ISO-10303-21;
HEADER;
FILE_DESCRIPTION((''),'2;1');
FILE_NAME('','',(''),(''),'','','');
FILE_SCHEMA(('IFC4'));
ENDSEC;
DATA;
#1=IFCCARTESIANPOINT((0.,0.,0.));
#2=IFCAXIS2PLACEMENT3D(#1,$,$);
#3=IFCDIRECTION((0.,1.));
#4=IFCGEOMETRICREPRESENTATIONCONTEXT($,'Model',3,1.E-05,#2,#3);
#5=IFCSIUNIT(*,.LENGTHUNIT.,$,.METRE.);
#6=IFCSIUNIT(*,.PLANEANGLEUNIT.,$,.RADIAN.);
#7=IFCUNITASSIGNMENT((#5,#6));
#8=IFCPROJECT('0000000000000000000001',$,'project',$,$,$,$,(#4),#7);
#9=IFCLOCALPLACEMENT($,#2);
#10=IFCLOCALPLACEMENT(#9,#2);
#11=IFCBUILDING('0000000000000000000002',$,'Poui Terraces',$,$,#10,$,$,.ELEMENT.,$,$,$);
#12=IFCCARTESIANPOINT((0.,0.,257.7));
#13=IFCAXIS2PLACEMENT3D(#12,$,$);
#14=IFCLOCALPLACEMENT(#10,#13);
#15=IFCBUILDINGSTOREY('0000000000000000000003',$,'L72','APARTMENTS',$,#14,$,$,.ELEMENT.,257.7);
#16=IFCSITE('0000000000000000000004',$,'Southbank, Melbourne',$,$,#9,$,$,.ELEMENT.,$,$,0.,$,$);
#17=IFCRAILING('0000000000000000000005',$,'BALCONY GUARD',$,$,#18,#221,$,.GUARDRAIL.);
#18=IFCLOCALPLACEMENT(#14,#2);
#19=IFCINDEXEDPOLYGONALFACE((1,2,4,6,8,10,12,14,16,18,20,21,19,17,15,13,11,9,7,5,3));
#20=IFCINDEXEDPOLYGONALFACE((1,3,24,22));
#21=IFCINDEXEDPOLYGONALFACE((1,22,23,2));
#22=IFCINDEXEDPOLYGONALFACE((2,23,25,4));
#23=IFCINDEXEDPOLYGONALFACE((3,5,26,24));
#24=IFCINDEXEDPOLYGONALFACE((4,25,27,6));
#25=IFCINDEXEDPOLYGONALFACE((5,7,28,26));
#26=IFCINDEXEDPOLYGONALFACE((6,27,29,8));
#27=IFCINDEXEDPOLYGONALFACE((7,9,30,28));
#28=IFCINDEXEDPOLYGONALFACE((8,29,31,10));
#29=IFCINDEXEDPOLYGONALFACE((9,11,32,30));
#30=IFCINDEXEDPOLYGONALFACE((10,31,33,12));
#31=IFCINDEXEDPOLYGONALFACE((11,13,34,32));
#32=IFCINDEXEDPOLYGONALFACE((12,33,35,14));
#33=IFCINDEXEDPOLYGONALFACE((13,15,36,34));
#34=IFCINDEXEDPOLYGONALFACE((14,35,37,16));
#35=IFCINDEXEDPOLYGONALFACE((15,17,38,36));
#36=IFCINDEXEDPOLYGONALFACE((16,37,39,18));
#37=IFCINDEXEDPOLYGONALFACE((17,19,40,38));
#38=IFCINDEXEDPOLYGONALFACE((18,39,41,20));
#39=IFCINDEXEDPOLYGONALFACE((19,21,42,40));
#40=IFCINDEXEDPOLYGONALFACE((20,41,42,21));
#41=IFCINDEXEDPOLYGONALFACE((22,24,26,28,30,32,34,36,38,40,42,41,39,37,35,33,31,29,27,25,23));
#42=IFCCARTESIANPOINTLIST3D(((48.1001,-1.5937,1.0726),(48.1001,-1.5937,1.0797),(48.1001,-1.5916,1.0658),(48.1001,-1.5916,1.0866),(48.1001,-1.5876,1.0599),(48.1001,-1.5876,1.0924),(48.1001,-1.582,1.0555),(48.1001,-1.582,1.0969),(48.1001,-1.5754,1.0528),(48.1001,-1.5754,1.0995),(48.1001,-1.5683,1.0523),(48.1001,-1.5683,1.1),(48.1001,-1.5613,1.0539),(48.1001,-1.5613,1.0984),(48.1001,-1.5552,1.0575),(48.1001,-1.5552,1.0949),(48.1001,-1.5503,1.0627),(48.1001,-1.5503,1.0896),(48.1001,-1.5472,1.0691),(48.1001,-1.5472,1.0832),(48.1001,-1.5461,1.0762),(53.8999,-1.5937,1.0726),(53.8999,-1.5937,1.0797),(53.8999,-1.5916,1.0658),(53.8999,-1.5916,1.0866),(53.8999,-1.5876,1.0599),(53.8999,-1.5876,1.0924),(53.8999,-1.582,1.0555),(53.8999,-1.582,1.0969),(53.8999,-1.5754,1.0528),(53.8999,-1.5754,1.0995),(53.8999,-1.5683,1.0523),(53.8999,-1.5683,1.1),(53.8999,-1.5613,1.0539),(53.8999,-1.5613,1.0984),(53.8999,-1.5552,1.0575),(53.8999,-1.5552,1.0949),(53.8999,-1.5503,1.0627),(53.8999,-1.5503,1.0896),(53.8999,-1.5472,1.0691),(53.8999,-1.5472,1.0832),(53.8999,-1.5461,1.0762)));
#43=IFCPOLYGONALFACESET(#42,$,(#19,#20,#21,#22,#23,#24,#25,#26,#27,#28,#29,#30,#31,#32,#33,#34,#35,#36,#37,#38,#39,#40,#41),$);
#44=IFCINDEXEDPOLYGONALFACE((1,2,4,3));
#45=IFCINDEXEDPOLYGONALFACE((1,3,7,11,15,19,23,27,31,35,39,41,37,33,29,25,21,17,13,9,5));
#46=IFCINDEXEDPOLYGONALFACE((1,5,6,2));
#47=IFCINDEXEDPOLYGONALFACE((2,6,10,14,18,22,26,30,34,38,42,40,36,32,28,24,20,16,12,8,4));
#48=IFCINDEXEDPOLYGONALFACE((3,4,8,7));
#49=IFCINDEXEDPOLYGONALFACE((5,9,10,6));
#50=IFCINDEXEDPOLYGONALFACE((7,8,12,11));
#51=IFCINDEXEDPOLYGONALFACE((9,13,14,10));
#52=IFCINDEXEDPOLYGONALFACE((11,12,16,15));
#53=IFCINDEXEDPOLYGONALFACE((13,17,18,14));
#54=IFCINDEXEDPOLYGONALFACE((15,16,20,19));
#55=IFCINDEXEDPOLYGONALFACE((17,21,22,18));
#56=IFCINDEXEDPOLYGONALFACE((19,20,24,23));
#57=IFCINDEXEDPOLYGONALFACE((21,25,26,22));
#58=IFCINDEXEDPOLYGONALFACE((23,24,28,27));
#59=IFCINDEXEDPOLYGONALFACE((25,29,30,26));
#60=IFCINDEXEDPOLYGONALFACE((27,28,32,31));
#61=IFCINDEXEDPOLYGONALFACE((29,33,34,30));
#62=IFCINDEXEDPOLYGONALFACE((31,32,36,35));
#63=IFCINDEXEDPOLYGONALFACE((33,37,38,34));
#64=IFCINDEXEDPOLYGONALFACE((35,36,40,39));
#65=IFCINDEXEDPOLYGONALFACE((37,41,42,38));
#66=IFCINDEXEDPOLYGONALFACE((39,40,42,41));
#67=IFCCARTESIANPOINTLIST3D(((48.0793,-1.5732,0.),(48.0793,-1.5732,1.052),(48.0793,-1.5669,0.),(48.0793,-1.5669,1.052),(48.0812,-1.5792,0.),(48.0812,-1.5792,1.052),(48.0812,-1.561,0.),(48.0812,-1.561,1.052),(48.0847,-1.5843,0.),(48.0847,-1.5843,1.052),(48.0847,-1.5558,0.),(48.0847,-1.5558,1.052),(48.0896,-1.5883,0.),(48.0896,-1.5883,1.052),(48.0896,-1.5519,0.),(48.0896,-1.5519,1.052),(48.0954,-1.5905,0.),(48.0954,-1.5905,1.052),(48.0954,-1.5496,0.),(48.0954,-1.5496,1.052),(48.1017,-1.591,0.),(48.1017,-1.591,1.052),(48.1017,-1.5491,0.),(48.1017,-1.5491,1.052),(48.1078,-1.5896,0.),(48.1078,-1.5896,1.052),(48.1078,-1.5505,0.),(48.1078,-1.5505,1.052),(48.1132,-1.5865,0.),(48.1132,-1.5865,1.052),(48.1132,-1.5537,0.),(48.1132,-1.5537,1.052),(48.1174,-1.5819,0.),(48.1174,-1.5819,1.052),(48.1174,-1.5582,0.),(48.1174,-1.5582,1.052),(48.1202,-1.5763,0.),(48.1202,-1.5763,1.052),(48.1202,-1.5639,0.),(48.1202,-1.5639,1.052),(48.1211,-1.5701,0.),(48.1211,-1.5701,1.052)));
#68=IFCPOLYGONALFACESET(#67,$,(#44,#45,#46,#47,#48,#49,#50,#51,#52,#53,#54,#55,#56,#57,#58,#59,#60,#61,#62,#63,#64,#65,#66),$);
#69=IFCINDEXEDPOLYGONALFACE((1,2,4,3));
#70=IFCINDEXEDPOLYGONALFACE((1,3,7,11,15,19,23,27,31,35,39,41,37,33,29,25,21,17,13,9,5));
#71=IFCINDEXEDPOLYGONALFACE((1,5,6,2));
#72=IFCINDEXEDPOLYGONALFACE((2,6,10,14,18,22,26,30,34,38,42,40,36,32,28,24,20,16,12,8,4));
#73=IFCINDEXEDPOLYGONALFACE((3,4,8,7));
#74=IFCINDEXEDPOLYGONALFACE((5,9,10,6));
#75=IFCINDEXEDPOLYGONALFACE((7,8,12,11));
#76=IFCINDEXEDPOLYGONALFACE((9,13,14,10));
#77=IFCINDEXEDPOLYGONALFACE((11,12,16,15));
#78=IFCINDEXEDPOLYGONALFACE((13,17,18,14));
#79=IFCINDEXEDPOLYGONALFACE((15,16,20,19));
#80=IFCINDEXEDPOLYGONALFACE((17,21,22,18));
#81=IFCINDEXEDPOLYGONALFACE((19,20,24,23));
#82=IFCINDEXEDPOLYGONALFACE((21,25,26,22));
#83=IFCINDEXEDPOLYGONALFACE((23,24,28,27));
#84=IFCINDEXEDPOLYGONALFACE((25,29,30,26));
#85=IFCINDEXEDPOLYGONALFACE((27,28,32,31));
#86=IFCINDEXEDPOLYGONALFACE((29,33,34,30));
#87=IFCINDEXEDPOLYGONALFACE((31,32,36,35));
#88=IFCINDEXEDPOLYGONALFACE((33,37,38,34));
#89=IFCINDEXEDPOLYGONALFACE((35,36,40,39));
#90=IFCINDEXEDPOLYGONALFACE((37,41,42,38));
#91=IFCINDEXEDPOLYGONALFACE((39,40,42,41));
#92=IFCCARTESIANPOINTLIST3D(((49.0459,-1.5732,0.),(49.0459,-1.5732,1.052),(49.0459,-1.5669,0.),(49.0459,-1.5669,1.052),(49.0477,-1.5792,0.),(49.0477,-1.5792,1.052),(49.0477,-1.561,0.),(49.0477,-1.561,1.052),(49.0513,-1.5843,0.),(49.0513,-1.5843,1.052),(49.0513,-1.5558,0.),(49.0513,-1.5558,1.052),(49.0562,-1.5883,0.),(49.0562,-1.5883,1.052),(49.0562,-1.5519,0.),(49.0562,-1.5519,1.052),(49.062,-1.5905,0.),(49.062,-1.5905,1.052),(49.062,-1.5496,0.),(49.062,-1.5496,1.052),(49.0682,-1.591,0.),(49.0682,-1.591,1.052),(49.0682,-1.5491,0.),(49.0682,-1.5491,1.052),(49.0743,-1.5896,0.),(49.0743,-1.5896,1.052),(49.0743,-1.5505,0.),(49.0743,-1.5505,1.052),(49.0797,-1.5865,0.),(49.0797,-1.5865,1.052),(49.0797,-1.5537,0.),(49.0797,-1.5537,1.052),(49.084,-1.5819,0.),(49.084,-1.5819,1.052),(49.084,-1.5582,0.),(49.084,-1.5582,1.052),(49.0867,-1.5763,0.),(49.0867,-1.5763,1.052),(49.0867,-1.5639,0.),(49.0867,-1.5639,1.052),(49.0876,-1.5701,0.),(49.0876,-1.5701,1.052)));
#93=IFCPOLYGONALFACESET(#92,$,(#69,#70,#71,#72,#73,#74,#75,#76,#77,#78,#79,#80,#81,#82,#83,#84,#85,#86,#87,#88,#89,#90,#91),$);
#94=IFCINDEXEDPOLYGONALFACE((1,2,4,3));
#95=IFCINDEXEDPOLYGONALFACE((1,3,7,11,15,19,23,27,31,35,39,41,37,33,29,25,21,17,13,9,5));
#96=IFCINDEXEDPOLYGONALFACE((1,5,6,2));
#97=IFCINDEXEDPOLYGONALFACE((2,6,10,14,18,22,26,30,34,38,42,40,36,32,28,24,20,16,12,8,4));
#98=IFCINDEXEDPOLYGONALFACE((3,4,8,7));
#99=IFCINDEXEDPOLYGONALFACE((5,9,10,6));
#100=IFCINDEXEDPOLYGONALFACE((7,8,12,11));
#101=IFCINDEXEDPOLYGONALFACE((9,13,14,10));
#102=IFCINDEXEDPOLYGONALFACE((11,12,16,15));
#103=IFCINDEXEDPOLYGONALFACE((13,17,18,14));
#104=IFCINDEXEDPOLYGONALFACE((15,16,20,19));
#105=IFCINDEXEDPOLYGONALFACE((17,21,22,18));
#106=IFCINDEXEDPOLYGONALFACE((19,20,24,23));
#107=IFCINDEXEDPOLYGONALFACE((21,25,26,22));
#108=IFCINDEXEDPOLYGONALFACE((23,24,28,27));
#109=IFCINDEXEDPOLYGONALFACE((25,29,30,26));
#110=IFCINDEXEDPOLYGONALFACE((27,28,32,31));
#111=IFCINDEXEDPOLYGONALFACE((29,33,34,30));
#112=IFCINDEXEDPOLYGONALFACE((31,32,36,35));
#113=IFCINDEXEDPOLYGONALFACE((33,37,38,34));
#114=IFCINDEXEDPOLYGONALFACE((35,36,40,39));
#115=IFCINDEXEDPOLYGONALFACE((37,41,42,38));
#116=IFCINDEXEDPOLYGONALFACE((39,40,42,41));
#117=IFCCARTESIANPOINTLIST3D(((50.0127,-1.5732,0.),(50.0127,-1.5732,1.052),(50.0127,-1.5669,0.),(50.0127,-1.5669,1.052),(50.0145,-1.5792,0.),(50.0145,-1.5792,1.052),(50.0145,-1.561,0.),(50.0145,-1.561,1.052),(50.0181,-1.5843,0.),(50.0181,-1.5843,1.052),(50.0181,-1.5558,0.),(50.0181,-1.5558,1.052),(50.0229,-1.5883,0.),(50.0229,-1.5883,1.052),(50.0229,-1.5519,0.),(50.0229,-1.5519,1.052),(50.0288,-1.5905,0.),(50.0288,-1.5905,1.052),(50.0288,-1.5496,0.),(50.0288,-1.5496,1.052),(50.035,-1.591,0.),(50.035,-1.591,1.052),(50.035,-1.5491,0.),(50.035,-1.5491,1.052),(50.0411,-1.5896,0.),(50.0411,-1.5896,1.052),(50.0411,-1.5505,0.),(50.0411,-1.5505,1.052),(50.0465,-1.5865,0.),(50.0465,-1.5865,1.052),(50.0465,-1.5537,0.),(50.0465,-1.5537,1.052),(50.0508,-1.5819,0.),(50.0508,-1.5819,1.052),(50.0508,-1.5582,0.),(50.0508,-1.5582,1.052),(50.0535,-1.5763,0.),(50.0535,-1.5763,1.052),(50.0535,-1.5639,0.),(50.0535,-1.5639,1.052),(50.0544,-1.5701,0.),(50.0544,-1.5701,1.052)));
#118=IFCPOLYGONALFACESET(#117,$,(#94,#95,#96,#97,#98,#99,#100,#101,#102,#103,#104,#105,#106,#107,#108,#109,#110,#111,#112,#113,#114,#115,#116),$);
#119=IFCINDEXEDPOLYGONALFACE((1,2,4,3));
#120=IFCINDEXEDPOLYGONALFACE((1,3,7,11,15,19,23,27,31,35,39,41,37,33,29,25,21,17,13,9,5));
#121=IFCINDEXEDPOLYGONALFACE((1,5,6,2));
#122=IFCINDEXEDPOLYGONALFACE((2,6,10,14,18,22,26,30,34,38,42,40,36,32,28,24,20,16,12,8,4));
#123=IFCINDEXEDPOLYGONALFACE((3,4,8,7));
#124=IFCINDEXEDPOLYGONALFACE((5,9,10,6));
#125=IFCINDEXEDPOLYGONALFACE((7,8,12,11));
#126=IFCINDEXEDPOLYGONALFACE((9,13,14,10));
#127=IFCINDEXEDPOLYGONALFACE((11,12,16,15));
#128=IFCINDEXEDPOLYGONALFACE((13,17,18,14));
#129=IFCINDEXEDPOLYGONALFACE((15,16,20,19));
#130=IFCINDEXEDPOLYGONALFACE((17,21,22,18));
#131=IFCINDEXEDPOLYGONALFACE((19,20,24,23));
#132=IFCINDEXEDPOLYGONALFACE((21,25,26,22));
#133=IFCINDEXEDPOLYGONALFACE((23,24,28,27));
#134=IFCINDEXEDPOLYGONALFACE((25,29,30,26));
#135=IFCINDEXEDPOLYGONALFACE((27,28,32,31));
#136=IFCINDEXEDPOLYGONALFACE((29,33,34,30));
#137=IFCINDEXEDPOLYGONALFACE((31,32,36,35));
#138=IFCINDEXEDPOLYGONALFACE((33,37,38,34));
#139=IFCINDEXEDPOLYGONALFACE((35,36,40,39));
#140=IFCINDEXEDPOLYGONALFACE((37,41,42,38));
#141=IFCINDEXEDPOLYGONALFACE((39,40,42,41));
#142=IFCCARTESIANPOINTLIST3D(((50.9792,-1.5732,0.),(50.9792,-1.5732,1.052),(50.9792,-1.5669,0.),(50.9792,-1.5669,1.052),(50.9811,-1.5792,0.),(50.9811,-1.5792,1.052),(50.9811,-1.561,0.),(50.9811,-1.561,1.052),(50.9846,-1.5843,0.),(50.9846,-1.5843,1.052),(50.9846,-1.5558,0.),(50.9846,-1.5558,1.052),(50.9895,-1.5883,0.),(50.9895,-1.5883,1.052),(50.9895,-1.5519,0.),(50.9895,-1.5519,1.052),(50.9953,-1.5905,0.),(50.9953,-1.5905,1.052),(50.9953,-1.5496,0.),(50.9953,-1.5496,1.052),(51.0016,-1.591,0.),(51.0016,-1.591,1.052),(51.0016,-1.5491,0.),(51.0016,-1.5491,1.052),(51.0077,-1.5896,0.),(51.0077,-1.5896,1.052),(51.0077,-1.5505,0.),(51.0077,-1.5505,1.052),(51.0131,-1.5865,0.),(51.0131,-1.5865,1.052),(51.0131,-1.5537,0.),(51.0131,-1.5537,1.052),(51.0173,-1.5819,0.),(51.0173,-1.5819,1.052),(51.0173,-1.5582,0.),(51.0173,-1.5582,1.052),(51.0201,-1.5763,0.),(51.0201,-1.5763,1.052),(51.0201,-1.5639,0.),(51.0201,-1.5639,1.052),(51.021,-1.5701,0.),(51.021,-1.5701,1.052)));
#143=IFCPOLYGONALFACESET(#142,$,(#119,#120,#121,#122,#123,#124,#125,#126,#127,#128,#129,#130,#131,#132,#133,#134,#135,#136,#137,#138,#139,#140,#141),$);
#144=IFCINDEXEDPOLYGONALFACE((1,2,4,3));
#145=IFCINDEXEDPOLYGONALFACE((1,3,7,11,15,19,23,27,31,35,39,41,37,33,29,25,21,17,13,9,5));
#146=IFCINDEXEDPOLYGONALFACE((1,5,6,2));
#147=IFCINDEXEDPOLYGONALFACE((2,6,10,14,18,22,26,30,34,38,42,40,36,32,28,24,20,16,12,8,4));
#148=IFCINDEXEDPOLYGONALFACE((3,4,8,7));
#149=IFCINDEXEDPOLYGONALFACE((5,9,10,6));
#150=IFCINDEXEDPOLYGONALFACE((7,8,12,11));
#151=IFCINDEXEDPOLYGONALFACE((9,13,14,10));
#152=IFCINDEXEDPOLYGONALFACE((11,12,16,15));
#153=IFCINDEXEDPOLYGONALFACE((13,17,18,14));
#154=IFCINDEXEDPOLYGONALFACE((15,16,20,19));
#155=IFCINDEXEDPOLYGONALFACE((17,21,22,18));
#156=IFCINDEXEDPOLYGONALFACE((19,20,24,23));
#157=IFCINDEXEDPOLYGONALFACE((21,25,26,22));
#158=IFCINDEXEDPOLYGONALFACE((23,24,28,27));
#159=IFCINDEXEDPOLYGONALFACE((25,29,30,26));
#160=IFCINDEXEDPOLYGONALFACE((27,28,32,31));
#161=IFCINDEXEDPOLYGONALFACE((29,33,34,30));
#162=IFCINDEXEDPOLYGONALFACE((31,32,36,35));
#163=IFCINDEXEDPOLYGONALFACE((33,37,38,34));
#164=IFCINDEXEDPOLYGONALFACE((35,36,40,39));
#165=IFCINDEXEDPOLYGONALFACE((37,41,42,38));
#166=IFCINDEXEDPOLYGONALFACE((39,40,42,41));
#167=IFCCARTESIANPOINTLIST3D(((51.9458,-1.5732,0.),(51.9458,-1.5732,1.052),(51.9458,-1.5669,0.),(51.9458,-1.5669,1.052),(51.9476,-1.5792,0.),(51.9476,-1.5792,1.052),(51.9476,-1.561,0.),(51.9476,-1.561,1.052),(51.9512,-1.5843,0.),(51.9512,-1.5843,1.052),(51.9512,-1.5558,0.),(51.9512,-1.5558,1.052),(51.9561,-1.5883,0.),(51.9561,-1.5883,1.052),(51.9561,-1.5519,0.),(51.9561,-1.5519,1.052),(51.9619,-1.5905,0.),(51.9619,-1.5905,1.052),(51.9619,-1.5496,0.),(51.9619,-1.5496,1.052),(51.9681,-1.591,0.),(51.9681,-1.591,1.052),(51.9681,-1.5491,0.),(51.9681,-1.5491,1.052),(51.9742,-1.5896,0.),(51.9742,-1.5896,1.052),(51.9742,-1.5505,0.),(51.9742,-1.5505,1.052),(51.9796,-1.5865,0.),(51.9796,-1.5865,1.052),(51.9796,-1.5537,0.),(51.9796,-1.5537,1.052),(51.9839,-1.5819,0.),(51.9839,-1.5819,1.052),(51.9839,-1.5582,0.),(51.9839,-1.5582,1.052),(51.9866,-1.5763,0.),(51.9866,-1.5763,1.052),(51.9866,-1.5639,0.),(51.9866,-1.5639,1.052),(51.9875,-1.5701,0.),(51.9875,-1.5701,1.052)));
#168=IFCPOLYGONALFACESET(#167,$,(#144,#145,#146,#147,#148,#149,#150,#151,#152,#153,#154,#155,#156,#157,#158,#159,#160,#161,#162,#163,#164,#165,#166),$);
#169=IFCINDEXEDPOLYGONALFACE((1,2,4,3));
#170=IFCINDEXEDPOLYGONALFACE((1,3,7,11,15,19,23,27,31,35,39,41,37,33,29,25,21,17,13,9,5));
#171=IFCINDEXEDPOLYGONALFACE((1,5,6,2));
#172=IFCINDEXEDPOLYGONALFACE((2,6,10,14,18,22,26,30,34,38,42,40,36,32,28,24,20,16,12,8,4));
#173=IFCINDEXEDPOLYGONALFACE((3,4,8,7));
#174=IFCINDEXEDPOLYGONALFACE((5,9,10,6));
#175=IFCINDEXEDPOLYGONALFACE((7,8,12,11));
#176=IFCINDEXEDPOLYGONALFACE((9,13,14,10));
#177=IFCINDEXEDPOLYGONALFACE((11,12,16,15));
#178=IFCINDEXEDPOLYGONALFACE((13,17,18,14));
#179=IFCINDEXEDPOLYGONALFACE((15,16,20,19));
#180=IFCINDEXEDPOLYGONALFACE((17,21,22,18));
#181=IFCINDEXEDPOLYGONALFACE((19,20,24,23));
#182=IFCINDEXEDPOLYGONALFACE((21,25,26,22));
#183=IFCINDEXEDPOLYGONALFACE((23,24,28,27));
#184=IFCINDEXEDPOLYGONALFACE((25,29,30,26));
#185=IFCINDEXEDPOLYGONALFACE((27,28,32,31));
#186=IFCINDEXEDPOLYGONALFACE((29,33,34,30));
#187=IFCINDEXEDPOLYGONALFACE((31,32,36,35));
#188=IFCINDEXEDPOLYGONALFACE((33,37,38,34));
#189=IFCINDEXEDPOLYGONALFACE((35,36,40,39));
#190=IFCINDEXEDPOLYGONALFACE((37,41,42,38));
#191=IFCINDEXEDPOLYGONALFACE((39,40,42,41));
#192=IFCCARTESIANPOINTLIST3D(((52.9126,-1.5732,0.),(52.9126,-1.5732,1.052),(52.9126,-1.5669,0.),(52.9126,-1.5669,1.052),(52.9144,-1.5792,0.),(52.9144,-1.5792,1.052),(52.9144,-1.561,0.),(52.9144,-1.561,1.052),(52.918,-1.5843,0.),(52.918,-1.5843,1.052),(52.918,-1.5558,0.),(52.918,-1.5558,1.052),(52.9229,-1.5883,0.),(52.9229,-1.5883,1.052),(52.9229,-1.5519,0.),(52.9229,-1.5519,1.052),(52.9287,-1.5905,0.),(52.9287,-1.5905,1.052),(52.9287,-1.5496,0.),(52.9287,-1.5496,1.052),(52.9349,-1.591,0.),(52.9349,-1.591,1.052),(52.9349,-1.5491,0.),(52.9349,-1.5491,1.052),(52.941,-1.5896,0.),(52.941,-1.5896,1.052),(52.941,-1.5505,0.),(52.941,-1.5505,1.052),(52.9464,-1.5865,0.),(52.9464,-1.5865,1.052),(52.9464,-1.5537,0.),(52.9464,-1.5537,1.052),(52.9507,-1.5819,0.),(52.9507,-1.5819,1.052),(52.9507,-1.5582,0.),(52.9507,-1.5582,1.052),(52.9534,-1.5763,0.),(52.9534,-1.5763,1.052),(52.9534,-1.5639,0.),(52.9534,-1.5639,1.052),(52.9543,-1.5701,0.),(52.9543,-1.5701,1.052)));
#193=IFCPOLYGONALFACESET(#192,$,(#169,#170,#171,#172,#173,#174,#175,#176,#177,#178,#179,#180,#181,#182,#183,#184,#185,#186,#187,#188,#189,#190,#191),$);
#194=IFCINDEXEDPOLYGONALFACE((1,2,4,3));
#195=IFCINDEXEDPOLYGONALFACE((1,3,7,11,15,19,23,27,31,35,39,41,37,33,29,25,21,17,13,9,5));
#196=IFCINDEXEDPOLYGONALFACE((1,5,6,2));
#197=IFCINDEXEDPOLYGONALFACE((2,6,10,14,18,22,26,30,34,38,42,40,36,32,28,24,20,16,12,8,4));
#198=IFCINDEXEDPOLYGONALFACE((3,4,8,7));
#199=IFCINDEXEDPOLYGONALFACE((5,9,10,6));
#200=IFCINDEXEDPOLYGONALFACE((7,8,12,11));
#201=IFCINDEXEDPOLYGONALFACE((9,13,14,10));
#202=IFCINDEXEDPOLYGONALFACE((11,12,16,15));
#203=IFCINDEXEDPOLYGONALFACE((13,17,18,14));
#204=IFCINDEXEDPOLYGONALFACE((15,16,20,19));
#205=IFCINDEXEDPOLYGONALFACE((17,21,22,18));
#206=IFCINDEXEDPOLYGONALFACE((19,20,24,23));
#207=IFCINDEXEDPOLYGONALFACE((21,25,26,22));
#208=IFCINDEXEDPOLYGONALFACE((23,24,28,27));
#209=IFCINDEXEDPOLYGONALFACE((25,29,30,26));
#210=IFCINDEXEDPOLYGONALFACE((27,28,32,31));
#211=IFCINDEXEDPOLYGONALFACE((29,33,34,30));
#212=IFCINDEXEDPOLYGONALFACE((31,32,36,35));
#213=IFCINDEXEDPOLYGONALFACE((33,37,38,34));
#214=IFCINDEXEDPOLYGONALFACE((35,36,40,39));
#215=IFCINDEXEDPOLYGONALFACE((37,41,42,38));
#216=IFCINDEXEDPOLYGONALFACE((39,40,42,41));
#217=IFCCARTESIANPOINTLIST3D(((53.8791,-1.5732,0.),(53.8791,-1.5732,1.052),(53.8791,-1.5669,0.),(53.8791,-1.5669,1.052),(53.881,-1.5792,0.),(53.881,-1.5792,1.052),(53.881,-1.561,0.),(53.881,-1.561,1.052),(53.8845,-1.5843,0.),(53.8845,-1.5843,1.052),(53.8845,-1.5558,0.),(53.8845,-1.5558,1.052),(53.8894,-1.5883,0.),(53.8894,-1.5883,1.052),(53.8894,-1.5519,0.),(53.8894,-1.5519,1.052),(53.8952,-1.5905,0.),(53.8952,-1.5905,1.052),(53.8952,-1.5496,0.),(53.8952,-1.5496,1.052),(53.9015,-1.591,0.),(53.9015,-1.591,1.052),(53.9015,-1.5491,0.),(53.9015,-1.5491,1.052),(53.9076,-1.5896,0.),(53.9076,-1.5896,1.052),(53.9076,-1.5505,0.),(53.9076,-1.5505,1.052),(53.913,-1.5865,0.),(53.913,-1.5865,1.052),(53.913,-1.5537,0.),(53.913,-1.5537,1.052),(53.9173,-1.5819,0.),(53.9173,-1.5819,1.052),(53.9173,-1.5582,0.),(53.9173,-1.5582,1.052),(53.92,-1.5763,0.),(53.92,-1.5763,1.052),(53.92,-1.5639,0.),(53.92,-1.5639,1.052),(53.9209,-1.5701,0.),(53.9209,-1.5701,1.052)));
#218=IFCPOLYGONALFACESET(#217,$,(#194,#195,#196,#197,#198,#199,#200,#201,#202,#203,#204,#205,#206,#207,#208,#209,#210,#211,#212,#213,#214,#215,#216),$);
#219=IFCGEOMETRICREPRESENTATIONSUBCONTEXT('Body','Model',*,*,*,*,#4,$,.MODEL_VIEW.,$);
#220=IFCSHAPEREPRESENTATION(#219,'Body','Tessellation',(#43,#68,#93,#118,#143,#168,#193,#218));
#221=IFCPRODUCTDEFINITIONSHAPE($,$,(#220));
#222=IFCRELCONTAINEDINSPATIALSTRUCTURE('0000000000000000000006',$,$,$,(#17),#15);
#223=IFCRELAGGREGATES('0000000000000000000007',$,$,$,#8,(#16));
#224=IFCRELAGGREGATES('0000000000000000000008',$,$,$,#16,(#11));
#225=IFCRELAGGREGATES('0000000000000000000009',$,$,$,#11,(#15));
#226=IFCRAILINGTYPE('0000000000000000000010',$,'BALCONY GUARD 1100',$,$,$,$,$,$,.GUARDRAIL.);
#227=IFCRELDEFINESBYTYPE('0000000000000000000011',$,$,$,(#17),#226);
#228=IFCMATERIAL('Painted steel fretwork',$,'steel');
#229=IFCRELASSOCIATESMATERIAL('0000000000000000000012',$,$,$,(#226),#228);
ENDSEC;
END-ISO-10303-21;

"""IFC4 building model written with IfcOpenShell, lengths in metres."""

from ifc_helpers import new_model, si_unit, direction, frame, origin, origin_2d, place, context, subcontext, project, spatial, circle, extrude, material, type_object, element, save


model = new_model("IFC4")

# Units and contexts
model_context = context("Model", 3, precision=1e-05, world=origin(), true_north=direction((0.0, 1.0)))
body_context = subcontext(model_context, "Body", "Model", "MODEL_VIEW")
ifc_project = project(units=[si_unit("LENGTHUNIT", "METRE"), si_unit("PLANEANGLEUNIT", "RADIAN")], contexts=[model_context])

# Site, building, storey
site_placement = place(None, origin())
site = spatial("IfcSite", under=ifc_project, at=site_placement, Name="Southbank, Melbourne", CompositionType="ELEMENT", RefElevation=0.0)
building_placement = place(site_placement, origin())
building = spatial("IfcBuilding", under=site, at=building_placement, Name="Poui Terraces", CompositionType="ELEMENT")
storey_placement = place(building_placement, frame((0.0, 0.0, 257.7)))
storey = spatial("IfcBuildingStorey", under=building, at=storey_placement, Name="L72", Description="APARTMENTS", CompositionType="ELEMENT", Elevation=257.7)

# Railing
ifc_material_1 = material(Name="Painted steel fretwork", Category="steel")
railing_type = type_object("IfcRailingType", Name="BALCONY GUARD 1100", PredefinedType="GUARDRAIL", material=ifc_material_1)
railing_placement = place(storey_placement, frame((48.1001, -1.5701, 0.0)))
element("IfcRailing", 1, at=railing_placement, inside=storey, type_object=railing_type, Name="BALCONY GUARD", PredefinedType="GUARDRAIL", context=body_context, shape_type="SweptSolid", body=[
    extrude(circle(Radius=0.0239, at=origin_2d()), frame((0.0, 0.0, 1.0762), z_axis=(1.0, 0.0, 0.0), x_axis=(0.0, 1.0, 0.0)), (0.0, 0.0, 1.0), 5.7998),
    extrude(circle(Radius=0.021, at=origin_2d()), origin(), (0.0, 0.0, 1.0), 1.052),
    extrude(circle(Radius=0.021, at=origin_2d()), frame((0.9666, 0.0, 0.0)), (0.0, 0.0, 1.0), 1.052),
    extrude(circle(Radius=0.021, at=origin_2d()), frame((1.9333, 0.0, 0.0)), (0.0, 0.0, 1.0), 1.052),
    extrude(circle(Radius=0.021, at=origin_2d()), frame((2.8999, 0.0, 0.0)), (0.0, 0.0, 1.0), 1.052),
    extrude(circle(Radius=0.021, at=origin_2d()), frame((3.8665, 0.0, 0.0)), (0.0, 0.0, 1.0), 1.052),
    extrude(circle(Radius=0.021, at=origin_2d()), frame((4.8333, 0.0, 0.0)), (0.0, 0.0, 1.0), 1.052),
    extrude(circle(Radius=0.021, at=origin_2d()), frame((5.7998, 0.0, 0.0)), (0.0, 0.0, 1.0), 1.052),
])

save(model, "model.ifc")
